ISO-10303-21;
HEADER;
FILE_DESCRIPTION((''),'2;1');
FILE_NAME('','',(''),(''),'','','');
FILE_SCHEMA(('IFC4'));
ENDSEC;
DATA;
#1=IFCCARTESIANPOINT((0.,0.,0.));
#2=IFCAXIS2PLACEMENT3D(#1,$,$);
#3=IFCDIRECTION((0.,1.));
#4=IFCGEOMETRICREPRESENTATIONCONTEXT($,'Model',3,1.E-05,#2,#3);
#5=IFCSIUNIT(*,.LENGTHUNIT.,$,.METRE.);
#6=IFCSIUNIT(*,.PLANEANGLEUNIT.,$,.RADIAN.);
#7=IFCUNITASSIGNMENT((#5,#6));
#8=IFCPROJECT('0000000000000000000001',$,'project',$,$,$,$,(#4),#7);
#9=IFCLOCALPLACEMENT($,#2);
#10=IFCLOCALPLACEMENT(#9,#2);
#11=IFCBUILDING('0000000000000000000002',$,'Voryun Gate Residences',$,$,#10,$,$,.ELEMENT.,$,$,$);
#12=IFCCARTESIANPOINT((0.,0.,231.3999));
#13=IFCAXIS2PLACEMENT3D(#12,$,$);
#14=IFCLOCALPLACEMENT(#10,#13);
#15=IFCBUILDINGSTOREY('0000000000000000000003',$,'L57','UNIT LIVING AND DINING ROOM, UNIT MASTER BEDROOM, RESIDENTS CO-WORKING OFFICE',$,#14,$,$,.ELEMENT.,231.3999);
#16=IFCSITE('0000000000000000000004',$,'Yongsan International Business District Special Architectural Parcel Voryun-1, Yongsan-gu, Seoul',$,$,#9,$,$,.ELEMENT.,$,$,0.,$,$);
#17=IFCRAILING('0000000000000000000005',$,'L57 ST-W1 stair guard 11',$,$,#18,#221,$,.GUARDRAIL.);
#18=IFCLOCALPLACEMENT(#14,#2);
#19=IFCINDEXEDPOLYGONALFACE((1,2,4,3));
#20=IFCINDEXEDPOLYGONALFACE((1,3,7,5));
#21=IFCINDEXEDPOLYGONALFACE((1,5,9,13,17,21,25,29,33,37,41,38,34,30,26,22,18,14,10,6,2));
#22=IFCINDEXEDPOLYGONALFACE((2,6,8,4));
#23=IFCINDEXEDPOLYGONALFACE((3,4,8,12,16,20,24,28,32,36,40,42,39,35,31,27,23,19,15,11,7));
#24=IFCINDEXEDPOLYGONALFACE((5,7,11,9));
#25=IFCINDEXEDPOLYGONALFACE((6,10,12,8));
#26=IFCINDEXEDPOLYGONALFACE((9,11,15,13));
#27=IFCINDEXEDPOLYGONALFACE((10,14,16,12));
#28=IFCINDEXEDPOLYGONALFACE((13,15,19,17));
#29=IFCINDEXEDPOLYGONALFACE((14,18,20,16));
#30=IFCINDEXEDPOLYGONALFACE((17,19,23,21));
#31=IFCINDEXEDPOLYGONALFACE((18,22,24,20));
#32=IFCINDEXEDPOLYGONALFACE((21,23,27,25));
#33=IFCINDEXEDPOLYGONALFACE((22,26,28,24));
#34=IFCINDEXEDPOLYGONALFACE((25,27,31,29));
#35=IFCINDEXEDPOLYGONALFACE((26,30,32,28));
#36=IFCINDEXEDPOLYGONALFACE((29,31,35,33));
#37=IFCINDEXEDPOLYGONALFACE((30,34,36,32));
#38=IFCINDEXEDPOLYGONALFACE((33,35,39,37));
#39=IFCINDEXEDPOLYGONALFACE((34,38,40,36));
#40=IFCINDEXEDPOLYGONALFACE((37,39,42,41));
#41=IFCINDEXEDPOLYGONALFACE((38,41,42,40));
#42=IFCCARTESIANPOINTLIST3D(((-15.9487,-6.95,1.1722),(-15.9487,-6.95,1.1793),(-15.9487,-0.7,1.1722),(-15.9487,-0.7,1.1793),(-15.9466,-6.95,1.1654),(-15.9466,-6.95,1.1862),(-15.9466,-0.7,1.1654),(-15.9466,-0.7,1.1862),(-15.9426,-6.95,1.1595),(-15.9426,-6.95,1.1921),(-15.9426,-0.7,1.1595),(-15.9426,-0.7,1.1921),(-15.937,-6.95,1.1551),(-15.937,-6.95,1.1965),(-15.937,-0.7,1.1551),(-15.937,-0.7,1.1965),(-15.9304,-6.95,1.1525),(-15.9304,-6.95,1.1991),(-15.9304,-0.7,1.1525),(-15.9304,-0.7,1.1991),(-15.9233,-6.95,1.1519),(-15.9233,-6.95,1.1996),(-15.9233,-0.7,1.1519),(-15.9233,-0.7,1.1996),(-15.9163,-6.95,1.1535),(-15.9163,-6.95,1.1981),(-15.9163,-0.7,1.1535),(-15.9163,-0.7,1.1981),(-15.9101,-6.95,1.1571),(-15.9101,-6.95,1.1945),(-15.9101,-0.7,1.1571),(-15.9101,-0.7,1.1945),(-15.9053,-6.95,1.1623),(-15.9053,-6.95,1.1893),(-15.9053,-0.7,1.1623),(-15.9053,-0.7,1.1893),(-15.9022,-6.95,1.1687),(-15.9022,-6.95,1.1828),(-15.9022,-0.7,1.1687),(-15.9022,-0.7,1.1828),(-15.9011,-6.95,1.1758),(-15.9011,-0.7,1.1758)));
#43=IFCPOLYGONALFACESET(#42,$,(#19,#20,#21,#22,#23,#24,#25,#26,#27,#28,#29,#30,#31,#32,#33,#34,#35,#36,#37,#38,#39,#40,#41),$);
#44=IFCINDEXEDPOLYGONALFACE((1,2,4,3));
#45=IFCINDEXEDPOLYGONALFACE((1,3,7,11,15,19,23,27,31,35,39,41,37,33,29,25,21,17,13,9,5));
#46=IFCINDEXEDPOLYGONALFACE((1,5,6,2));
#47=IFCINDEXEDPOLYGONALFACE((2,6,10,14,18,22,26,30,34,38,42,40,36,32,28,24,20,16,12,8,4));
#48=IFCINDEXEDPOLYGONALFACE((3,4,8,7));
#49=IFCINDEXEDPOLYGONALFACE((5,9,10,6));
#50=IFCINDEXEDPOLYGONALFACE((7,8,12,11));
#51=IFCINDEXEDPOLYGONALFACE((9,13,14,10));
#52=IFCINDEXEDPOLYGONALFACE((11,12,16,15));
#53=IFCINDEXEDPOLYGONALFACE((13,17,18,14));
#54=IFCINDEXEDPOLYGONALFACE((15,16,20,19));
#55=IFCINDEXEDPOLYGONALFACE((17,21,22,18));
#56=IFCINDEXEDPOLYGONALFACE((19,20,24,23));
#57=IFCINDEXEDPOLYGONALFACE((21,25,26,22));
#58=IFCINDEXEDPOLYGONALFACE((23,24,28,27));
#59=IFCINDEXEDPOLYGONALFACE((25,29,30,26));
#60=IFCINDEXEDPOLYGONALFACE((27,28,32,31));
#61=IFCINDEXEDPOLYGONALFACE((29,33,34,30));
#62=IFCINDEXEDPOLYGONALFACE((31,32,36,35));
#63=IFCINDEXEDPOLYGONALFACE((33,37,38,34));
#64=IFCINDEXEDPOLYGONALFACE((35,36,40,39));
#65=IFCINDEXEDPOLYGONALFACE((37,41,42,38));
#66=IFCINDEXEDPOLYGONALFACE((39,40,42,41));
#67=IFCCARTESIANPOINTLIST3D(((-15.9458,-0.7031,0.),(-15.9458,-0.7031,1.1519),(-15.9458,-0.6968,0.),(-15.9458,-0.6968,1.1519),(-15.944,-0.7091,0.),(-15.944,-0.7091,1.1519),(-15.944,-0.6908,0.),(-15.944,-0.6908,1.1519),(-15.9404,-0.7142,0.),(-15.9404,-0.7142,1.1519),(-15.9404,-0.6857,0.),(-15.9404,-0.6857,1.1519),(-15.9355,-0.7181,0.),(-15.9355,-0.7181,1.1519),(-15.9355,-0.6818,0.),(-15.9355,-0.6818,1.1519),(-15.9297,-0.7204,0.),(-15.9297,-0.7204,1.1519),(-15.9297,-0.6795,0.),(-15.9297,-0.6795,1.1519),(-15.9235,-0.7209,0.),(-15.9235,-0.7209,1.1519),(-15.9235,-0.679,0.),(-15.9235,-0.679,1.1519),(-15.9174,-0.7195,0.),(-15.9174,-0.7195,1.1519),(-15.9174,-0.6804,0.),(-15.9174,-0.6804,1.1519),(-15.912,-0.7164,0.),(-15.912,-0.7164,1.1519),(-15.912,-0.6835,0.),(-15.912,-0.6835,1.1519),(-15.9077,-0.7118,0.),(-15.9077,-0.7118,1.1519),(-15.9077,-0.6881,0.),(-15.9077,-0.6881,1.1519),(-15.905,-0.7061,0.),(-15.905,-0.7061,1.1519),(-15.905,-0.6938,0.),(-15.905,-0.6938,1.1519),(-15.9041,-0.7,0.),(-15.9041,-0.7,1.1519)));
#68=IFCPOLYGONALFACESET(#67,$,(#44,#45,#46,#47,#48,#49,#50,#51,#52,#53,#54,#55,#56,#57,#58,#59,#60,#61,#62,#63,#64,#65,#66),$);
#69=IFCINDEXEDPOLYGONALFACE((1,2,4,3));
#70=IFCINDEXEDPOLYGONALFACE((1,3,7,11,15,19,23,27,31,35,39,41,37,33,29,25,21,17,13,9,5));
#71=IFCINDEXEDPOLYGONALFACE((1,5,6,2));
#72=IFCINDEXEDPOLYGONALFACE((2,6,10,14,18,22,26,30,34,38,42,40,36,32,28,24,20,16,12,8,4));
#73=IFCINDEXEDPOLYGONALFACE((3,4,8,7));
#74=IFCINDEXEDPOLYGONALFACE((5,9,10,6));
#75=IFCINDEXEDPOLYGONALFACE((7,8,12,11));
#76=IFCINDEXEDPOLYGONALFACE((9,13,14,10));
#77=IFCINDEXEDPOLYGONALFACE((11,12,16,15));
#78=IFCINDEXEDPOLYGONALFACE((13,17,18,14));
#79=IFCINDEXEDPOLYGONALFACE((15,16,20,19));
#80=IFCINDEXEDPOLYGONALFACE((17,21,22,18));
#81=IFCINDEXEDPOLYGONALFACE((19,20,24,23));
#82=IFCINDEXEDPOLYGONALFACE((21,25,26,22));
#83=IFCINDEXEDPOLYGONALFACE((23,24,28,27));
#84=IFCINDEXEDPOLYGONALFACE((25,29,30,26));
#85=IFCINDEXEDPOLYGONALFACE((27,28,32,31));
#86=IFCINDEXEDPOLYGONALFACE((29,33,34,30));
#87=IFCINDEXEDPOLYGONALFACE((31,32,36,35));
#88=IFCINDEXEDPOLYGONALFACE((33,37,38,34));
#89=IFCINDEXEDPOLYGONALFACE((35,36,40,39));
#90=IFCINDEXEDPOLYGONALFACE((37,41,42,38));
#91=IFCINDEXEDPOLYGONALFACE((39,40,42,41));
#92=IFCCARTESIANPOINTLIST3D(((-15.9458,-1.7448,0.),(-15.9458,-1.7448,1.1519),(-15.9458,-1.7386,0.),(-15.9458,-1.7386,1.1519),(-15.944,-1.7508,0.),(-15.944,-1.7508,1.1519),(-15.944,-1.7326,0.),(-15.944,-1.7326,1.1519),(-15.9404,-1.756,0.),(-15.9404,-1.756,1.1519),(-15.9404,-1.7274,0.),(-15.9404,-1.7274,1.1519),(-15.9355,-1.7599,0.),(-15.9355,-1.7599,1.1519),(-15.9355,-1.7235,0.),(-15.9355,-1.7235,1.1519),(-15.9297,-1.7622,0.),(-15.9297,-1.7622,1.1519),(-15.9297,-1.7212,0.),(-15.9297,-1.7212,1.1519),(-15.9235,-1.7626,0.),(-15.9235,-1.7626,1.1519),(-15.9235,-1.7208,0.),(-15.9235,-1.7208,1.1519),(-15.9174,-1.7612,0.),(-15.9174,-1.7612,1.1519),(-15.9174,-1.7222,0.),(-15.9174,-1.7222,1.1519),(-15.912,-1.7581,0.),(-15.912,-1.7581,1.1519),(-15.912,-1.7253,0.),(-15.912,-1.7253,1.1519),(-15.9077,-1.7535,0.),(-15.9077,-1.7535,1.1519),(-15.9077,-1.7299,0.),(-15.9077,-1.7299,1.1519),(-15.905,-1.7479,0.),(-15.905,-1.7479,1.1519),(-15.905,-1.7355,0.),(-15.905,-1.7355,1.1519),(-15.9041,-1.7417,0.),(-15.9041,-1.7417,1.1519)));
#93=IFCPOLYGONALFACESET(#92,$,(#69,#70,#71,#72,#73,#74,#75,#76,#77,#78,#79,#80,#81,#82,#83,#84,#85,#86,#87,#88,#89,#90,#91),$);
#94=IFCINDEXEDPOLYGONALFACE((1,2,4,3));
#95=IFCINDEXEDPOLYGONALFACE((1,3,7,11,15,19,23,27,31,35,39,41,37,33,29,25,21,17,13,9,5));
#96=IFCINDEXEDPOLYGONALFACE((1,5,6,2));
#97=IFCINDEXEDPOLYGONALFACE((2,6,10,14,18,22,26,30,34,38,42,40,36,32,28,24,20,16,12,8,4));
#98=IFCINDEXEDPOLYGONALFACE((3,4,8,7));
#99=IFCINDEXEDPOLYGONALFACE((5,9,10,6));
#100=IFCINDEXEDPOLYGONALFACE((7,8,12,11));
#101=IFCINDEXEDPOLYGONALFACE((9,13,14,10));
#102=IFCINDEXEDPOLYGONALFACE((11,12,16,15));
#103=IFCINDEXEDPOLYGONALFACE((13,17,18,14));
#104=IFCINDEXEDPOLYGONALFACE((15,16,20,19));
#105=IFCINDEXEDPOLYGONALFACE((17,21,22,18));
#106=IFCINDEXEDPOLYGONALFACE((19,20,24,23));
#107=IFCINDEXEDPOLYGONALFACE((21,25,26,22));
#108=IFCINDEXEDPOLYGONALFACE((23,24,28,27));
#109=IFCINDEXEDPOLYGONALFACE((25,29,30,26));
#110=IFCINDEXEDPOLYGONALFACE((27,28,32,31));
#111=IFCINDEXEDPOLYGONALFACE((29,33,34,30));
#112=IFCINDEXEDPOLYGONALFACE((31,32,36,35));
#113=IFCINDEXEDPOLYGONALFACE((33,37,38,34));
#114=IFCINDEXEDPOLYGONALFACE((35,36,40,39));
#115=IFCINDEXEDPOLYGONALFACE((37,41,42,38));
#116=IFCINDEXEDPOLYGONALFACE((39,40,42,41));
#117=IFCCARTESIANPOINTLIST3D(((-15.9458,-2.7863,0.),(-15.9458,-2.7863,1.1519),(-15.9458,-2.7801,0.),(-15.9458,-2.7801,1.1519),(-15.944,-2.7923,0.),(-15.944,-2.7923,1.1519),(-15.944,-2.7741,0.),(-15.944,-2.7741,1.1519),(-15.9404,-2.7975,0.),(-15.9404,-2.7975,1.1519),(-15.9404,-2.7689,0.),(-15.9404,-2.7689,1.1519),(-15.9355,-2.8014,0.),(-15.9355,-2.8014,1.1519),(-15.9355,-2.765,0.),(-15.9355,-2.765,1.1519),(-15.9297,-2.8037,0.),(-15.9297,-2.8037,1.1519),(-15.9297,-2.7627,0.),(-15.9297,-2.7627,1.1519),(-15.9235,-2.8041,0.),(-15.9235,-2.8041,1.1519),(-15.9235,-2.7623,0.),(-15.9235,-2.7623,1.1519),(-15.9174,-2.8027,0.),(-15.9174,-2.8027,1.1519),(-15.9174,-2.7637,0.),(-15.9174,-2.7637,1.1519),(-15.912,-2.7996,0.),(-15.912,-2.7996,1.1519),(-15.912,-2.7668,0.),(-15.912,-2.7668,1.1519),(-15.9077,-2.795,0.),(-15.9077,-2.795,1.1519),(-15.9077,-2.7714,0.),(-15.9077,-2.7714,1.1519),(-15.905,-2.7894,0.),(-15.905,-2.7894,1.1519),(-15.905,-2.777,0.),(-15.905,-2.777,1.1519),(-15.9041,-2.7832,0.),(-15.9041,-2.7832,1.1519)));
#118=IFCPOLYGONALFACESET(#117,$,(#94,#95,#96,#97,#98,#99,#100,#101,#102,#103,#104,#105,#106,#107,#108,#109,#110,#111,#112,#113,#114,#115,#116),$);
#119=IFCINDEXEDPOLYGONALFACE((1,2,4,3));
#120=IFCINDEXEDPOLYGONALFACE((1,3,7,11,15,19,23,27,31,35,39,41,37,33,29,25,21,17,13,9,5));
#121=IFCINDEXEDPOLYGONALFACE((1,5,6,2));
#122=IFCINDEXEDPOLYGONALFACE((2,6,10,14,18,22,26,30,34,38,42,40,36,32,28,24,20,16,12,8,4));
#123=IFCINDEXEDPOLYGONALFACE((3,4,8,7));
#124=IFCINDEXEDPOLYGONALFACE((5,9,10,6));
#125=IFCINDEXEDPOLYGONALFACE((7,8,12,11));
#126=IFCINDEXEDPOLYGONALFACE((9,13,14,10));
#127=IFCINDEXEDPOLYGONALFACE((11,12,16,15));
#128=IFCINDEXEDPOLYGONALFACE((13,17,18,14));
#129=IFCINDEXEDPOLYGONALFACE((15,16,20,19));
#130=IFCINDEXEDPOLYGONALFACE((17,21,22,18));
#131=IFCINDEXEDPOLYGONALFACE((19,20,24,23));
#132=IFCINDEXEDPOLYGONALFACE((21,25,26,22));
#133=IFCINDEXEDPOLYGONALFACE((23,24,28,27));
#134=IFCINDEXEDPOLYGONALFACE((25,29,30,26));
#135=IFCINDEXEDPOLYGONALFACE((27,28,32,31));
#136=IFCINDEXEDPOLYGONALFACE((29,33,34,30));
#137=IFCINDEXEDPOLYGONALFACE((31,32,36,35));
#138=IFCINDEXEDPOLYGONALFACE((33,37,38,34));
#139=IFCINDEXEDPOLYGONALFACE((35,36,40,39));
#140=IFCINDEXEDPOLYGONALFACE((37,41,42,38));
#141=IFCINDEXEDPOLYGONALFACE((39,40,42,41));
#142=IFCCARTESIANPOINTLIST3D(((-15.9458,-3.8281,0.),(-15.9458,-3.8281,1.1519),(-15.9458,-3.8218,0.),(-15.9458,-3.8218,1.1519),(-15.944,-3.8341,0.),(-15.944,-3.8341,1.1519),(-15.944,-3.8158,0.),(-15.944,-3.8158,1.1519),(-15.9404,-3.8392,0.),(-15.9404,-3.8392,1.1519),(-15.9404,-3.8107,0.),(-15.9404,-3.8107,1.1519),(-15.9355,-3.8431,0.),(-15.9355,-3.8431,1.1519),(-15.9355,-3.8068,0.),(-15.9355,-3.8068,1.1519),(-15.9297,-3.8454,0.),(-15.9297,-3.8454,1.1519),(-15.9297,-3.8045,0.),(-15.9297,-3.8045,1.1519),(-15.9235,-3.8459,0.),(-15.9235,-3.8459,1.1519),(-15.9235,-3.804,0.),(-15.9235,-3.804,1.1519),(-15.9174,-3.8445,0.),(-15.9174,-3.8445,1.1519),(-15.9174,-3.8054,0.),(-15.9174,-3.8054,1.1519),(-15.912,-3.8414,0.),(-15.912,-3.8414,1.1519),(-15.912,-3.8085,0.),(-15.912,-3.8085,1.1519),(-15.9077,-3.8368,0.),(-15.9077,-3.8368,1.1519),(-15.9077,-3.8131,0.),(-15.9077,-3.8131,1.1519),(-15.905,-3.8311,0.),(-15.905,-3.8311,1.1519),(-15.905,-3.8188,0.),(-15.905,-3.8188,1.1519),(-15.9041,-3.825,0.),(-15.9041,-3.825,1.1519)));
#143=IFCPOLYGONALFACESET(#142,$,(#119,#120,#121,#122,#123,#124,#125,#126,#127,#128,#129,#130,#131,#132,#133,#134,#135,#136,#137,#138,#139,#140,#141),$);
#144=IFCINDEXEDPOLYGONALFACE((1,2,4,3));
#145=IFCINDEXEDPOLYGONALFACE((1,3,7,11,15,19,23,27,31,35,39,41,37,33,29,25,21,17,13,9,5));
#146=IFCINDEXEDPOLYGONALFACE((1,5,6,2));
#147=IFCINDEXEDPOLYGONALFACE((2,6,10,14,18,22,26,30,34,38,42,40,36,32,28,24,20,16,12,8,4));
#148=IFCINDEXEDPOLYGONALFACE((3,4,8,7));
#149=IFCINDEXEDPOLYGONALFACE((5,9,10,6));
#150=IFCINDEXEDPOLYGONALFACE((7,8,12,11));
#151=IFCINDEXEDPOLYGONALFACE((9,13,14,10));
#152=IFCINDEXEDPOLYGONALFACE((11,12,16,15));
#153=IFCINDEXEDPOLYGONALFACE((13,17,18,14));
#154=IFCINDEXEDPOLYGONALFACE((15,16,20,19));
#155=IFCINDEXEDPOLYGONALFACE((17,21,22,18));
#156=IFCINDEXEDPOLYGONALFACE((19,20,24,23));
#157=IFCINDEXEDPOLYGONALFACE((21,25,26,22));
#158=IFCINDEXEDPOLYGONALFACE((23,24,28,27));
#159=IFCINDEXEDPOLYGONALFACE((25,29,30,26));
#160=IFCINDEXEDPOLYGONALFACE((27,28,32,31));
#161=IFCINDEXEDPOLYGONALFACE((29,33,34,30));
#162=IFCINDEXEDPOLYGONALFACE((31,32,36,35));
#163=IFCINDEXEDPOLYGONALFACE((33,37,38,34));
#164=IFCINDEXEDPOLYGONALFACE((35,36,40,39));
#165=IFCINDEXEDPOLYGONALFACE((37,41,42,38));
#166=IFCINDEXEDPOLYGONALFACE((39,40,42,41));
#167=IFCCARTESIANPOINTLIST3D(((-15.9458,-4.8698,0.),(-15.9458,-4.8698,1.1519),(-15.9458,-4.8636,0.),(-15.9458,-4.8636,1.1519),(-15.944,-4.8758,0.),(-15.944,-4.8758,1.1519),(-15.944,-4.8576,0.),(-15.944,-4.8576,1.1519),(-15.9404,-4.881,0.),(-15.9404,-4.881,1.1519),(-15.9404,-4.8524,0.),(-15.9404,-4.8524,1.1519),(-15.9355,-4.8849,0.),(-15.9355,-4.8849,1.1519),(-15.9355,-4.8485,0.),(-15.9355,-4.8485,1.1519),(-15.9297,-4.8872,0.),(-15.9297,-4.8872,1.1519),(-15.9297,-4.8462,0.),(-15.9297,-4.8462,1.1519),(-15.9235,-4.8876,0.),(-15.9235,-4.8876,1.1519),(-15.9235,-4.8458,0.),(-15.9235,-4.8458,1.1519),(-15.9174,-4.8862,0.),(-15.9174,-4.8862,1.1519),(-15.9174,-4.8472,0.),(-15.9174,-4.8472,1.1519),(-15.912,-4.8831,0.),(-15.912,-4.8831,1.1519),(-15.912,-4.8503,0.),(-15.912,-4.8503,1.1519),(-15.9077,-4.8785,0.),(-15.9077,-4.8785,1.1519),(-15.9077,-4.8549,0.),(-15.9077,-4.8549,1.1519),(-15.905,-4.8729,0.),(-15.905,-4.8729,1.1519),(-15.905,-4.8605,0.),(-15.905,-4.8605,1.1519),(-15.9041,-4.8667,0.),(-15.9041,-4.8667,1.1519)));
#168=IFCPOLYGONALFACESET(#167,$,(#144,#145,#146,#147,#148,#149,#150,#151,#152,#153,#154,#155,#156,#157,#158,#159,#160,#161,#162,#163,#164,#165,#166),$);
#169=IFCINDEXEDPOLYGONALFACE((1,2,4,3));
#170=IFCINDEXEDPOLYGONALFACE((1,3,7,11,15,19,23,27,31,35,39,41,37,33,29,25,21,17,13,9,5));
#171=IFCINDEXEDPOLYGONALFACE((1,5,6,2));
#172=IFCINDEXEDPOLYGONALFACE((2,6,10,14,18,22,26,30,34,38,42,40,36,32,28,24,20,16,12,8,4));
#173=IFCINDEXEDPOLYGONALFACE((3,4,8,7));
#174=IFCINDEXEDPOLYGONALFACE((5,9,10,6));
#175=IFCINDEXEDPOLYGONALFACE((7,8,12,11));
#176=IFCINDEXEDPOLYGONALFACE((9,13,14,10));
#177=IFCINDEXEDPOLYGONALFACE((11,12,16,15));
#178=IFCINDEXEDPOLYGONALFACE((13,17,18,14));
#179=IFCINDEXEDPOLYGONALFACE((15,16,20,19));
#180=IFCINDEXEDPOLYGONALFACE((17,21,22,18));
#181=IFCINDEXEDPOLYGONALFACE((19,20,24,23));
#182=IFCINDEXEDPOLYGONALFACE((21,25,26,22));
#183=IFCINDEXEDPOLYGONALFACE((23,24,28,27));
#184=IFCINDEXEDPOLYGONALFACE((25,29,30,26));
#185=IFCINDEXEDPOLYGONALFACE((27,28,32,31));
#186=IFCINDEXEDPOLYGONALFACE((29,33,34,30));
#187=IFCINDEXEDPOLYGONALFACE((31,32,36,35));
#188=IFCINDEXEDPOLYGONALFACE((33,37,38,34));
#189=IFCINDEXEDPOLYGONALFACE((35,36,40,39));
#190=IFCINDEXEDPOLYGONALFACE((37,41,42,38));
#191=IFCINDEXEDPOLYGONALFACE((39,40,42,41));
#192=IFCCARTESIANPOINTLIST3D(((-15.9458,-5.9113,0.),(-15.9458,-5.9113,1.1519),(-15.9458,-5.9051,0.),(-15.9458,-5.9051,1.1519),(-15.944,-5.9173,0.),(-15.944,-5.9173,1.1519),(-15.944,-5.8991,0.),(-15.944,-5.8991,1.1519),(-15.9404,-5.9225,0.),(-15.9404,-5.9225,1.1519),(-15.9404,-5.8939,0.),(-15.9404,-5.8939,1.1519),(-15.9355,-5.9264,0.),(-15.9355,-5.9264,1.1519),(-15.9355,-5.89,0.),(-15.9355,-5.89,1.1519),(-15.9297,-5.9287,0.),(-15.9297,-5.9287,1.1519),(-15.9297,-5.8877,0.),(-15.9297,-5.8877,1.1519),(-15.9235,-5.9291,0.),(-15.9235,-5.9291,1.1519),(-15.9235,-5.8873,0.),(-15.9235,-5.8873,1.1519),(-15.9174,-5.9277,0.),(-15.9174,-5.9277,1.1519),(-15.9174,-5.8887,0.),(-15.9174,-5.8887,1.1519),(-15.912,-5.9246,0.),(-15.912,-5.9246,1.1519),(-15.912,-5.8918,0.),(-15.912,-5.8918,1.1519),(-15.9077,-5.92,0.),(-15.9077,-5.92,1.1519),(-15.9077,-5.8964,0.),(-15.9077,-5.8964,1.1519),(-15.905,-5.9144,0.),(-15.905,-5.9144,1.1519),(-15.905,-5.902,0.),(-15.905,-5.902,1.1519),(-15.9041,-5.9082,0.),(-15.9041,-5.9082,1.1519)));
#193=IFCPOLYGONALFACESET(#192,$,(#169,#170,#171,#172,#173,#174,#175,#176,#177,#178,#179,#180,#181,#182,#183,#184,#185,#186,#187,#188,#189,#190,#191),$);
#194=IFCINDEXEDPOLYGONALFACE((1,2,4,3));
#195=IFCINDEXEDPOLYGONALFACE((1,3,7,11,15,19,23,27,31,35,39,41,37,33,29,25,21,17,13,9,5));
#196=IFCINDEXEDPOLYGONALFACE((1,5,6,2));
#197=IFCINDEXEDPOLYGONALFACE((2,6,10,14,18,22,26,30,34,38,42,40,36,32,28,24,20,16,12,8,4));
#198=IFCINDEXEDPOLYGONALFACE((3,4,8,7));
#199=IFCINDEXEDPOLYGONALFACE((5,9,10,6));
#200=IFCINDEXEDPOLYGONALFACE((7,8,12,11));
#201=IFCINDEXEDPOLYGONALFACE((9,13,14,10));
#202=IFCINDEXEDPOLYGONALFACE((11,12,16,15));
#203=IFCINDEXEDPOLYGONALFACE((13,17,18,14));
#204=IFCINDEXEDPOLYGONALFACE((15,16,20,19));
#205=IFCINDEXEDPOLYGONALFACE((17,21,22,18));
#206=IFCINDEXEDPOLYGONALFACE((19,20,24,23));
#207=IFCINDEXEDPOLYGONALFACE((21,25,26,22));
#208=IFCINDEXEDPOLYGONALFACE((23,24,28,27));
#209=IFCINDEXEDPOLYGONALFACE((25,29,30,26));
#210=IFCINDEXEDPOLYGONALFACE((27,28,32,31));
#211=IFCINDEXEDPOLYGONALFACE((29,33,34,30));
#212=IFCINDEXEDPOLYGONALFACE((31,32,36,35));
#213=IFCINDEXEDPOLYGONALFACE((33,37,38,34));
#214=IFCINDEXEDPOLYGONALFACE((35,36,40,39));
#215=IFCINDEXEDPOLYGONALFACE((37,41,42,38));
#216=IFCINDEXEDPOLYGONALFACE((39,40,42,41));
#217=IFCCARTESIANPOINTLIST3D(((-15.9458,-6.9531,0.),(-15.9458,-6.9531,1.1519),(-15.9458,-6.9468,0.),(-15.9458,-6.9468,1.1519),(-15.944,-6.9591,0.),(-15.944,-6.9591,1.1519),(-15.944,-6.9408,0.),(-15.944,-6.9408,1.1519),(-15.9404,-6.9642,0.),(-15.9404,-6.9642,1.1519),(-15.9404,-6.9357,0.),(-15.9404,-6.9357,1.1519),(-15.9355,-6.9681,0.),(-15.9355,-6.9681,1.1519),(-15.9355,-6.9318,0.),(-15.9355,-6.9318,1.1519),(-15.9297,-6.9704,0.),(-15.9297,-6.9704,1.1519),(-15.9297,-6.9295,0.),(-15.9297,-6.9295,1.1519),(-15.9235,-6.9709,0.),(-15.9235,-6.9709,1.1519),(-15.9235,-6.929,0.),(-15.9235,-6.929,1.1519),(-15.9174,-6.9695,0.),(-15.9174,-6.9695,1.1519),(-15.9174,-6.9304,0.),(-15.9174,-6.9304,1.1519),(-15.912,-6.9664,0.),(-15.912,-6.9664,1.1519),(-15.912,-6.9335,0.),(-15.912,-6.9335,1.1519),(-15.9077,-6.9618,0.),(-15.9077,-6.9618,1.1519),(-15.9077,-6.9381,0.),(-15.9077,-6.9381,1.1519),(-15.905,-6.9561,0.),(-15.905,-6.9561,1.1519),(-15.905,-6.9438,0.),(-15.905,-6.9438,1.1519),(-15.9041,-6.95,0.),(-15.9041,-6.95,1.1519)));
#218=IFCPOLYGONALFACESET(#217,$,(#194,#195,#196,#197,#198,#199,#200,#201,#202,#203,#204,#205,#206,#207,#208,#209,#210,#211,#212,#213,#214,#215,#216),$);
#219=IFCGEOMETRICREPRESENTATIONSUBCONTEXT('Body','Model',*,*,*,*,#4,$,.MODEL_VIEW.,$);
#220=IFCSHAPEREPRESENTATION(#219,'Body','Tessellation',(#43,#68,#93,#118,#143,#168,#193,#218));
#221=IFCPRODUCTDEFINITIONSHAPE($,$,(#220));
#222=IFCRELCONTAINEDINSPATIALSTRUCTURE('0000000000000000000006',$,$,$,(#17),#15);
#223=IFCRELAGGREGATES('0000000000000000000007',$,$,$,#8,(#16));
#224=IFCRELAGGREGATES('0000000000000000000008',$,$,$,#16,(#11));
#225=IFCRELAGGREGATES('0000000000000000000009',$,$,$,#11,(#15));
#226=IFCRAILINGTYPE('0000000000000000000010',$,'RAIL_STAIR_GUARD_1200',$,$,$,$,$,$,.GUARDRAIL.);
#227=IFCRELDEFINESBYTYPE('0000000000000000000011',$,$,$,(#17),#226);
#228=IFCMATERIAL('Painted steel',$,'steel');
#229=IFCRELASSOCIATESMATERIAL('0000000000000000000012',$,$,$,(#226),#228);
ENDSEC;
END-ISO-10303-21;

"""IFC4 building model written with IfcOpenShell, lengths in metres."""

from ifc_helpers import new_model, si_unit, direction, frame, origin, origin_2d, place, context, subcontext, project, spatial, circle, extrude, material, type_object, element, save


model = new_model("IFC4")

# Units and contexts
model_context = context("Model", 3, precision=1e-05, world=origin(), true_north=direction((0.0, 1.0)))
body_context = subcontext(model_context, "Body", "Model", "MODEL_VIEW")
ifc_project = project(units=[si_unit("LENGTHUNIT", "METRE"), si_unit("PLANEANGLEUNIT", "RADIAN")], contexts=[model_context])

# Site, building, storey
site_placement = place(None, origin())
site = spatial("IfcSite", under=ifc_project, at=site_placement, Name="Yongsan International Business District Special Architectural Parcel Voryun-1, Yongsan-gu, Seoul", CompositionType="ELEMENT", RefElevation=0.0)
building_placement = place(site_placement, origin())
building = spatial("IfcBuilding", under=site, at=building_placement, Name="Voryun Gate Residences", CompositionType="ELEMENT")
storey_placement = place(building_placement, frame((0.0, 0.0, 231.3999)))
storey = spatial("IfcBuildingStorey", under=building, at=storey_placement, Name="L57", Description="UNIT LIVING AND DINING ROOM, UNIT MASTER BEDROOM, RESIDENTS CO-WORKING OFFICE", CompositionType="ELEMENT", Elevation=231.3999)

# Railing
ifc_material_1 = material(Name="Painted steel", Category="steel")
railing_type = type_object("IfcRailingType", Name="RAIL_STAIR_GUARD_1200", PredefinedType="GUARDRAIL", material=ifc_material_1)
railing_placement = place(storey_placement, frame((-15.925, -0.7, 0.0)))
element("IfcRailing", 1, at=railing_placement, inside=storey, type_object=railing_type, Name="L57 ST-W1 stair guard 11", PredefinedType="GUARDRAIL", context=body_context, shape_type="SweptSolid", body=[
    extrude(circle(Radius=0.0239, at=origin_2d()), frame((0.0, 0.0, 1.1758), z_axis=(0.0, -1.0, 0.0), x_axis=(1.0, 0.0, 0.0)), (0.0, 0.0, 1.0), 6.25),
    extrude(circle(Radius=0.021, at=origin_2d()), origin(), (0.0, 0.0, 1.0), 1.1519),
    extrude(circle(Radius=0.021, at=origin_2d()), frame((0.0, -1.0417, 0.0)), (0.0, 0.0, 1.0), 1.1519),
    extrude(circle(Radius=0.021, at=origin_2d()), frame((0.0, -2.0833, 0.0)), (0.0, 0.0, 1.0), 1.1519),
    extrude(circle(Radius=0.021, at=origin_2d()), frame((0.0, -3.125, 0.0)), (0.0, 0.0, 1.0), 1.1519),
    extrude(circle(Radius=0.021, at=origin_2d()), frame((0.0, -4.1667, 0.0)), (0.0, 0.0, 1.0), 1.1519),
    extrude(circle(Radius=0.021, at=origin_2d()), frame((0.0, -5.2083, 0.0)), (0.0, 0.0, 1.0), 1.1519),
    extrude(circle(Radius=0.021, at=origin_2d()), frame((0.0, -6.25, 0.0)), (0.0, 0.0, 1.0), 1.1519),
])

save(model, "model.ifc")
